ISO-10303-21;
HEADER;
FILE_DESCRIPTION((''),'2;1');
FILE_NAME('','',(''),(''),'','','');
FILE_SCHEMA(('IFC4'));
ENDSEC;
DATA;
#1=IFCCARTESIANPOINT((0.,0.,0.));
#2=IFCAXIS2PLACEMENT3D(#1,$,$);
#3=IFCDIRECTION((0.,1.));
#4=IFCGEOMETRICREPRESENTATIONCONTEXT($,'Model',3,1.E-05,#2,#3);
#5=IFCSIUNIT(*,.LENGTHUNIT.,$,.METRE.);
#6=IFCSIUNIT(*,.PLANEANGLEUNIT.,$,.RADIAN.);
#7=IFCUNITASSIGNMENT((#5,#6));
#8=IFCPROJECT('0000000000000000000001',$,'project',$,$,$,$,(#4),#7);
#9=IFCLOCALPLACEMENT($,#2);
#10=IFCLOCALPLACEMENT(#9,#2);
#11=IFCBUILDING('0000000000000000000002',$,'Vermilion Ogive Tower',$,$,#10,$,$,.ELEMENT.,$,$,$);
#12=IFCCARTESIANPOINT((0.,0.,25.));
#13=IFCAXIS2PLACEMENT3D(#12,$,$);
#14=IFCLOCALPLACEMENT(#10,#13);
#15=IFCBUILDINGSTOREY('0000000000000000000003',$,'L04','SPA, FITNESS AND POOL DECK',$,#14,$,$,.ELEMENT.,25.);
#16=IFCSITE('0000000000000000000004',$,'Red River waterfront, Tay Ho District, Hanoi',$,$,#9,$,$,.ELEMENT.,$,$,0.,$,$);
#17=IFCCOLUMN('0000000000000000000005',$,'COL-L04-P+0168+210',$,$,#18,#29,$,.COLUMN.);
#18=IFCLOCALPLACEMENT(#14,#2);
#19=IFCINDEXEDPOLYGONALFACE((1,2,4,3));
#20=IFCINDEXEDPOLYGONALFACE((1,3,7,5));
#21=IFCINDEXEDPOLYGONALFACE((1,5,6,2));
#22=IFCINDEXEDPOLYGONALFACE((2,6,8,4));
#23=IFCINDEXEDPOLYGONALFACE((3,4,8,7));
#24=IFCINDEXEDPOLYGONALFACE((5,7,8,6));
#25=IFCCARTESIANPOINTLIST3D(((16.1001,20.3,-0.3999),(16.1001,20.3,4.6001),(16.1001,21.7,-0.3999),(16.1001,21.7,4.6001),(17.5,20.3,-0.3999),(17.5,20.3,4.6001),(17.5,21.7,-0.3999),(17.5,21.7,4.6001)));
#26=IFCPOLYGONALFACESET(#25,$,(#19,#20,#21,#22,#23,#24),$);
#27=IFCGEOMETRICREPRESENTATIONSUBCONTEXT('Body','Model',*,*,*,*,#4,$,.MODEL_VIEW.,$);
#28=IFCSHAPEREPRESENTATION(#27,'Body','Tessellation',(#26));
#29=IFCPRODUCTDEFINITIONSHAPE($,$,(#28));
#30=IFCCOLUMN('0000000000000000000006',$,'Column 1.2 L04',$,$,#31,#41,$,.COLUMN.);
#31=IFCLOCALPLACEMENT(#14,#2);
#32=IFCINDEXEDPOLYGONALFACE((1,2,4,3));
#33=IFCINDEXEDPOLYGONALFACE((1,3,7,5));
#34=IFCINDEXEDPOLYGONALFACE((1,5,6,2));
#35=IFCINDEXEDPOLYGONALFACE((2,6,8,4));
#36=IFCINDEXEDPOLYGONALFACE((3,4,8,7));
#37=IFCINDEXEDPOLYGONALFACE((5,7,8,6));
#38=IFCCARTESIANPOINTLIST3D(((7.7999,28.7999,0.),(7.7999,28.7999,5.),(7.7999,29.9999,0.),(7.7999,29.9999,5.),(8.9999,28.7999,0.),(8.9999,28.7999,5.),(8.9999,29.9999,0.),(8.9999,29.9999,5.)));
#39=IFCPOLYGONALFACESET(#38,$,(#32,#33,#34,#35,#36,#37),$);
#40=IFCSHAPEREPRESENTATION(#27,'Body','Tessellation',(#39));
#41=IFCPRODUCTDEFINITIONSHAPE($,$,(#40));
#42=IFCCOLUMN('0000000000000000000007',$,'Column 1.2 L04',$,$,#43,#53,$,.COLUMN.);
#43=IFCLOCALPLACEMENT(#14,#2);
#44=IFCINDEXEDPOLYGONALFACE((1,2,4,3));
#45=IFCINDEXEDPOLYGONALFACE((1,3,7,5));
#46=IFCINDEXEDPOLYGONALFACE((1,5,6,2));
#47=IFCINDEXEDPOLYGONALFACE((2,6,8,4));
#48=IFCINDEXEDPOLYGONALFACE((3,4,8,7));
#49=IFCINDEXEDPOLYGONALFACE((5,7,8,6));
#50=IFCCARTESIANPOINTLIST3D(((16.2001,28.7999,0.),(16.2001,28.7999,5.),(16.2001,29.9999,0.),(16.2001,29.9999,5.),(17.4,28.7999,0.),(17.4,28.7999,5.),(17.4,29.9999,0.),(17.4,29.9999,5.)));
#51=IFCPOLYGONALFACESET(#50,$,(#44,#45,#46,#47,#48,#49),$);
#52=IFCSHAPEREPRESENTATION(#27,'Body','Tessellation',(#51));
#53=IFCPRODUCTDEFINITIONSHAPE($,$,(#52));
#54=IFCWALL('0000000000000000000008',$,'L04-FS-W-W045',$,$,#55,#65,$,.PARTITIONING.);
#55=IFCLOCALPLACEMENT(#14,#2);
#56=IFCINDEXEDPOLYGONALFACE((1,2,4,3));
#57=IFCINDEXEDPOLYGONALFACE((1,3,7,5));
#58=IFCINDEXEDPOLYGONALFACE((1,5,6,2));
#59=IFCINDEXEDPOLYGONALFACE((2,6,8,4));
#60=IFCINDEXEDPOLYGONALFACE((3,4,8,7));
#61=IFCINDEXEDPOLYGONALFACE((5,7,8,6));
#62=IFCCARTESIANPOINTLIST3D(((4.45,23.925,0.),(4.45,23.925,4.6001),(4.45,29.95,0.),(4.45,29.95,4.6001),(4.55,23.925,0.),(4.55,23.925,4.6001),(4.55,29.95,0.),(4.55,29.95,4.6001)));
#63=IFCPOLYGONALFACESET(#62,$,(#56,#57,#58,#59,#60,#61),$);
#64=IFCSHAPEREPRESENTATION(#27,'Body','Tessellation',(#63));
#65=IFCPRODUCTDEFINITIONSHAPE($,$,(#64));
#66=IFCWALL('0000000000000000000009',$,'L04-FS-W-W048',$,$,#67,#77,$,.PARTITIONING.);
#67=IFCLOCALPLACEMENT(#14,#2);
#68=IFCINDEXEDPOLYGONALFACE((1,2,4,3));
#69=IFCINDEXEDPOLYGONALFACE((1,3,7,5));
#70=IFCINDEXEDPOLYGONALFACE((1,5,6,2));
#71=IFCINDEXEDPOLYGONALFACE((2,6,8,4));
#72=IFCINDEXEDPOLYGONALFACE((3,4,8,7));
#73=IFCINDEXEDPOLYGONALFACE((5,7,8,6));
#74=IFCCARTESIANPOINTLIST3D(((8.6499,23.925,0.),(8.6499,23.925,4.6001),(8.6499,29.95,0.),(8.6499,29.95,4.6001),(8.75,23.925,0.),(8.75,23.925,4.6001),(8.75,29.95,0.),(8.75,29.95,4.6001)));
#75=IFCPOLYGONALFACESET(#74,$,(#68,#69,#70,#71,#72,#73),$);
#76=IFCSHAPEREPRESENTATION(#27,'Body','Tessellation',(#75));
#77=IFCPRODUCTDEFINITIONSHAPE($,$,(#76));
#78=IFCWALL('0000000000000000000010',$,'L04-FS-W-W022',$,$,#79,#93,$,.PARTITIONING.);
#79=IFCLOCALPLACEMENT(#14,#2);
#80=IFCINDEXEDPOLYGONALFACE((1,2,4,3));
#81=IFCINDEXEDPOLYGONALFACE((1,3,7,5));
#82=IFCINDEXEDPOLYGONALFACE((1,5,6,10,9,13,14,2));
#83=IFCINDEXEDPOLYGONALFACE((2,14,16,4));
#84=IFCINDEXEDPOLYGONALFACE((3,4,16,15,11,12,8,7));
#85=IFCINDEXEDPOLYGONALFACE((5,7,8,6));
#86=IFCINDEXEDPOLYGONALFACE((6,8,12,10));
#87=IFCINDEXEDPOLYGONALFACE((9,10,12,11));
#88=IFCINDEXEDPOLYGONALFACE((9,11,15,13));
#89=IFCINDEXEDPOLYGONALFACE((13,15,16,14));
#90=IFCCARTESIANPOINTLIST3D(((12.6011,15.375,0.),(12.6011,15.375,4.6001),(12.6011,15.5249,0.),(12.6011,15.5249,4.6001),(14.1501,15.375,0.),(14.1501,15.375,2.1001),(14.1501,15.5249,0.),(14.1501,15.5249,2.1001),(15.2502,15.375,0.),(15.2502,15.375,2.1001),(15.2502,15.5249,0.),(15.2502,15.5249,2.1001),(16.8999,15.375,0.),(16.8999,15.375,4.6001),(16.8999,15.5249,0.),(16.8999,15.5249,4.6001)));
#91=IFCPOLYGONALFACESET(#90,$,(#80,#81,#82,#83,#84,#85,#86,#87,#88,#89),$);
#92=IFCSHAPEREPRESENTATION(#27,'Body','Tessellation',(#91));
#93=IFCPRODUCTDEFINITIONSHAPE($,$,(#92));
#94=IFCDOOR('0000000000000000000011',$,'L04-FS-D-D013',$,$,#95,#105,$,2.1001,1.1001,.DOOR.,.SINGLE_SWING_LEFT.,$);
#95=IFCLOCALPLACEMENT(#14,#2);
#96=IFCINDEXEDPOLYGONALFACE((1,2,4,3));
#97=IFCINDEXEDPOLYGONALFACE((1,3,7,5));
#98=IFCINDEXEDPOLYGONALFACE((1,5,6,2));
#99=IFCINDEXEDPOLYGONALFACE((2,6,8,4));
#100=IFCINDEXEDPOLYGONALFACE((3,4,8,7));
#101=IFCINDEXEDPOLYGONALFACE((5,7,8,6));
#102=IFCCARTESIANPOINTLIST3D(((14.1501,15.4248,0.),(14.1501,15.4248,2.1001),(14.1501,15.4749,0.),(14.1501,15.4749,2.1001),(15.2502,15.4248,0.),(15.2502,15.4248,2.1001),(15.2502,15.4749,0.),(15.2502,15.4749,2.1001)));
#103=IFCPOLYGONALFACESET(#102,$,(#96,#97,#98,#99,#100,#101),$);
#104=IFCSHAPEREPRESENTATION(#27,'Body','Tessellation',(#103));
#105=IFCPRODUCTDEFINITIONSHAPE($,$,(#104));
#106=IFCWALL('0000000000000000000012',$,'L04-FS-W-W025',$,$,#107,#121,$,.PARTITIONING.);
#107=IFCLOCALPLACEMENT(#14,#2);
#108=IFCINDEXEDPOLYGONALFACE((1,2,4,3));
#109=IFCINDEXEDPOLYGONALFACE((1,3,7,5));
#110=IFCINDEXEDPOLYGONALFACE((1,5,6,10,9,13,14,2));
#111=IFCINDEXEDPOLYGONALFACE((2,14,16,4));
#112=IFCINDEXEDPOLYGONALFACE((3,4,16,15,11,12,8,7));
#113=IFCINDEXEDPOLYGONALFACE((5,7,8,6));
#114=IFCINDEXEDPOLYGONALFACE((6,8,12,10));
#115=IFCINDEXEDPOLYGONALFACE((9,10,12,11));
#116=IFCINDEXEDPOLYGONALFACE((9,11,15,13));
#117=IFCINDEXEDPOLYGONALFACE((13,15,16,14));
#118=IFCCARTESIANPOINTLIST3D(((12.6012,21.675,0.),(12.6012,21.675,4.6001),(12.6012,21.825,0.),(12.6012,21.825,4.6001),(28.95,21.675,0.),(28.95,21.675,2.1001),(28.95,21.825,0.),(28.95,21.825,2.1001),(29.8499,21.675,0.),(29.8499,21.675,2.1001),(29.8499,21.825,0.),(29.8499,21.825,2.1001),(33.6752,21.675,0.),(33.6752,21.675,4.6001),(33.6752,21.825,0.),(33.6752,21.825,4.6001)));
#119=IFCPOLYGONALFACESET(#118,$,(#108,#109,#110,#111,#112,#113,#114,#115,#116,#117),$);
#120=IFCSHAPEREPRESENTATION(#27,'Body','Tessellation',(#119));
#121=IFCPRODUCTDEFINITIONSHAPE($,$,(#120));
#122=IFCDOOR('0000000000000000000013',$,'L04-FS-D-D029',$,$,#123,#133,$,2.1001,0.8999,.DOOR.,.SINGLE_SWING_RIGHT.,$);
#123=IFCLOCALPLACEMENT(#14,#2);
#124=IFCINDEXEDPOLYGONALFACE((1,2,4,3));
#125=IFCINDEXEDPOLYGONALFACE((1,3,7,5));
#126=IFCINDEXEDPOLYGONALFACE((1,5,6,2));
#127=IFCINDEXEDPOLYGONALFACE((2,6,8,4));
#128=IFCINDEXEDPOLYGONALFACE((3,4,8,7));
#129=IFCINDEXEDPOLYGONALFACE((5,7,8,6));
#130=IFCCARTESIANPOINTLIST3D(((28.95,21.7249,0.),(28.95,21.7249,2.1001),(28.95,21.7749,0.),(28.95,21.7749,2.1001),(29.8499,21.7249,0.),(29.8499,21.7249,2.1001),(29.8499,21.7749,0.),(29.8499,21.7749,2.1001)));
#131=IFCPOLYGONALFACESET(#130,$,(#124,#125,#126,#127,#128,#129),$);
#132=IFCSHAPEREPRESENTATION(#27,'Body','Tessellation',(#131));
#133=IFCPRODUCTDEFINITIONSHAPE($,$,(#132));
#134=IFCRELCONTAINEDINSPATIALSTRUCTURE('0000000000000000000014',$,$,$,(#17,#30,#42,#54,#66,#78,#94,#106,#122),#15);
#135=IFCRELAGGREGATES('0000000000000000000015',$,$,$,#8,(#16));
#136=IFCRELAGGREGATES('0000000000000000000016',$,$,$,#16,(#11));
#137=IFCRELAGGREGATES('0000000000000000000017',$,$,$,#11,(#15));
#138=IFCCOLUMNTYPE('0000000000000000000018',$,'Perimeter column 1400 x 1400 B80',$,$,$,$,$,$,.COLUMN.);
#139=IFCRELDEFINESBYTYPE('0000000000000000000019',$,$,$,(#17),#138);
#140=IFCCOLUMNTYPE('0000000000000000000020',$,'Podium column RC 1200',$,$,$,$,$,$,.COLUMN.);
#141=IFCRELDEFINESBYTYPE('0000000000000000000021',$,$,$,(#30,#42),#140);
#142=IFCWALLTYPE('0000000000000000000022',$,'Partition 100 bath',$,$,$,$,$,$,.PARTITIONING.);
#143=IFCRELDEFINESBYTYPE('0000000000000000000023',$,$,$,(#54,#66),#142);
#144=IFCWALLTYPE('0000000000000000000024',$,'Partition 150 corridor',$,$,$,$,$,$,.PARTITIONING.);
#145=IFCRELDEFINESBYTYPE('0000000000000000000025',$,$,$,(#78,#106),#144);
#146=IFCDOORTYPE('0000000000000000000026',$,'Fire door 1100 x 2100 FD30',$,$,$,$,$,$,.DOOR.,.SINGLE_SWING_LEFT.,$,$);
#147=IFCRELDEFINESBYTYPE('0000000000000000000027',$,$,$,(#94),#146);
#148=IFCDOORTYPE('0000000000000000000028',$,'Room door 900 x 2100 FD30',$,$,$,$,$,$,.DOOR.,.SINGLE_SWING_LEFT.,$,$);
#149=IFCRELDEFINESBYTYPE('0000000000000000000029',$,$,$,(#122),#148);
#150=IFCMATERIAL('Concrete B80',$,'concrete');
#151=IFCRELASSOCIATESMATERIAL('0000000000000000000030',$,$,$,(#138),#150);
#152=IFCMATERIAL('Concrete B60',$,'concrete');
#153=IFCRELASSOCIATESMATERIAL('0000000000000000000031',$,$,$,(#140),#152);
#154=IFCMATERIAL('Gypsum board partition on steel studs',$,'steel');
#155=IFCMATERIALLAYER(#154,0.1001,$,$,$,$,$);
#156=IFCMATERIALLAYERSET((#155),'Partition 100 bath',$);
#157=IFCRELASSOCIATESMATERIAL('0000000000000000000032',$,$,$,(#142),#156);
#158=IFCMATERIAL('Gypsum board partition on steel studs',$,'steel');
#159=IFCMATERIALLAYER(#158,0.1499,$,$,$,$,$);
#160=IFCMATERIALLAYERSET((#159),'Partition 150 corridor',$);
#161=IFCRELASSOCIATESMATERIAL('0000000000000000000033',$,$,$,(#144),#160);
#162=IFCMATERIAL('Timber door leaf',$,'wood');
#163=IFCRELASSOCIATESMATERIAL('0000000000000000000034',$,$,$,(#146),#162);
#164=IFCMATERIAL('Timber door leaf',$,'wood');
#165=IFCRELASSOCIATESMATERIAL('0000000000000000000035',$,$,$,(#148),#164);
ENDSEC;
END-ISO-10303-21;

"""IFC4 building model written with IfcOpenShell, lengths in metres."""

from ifc_helpers import new_model, si_unit, direction, frame, frame_2d, origin, origin_2d, place, context, subcontext, project, spatial, rectangle, extrude, material, layer, layer_set, material_profile, profile_set, type_object, element, fill, save


model = new_model("IFC4")

# Units and contexts
model_context = context("Model", 3, precision=1e-05, world=origin(), true_north=direction((0.0, 1.0)))
body_context = subcontext(model_context, "Body", "Model", "MODEL_VIEW")
ifc_project = project(units=[si_unit("LENGTHUNIT", "METRE"), si_unit("PLANEANGLEUNIT", "RADIAN")], contexts=[model_context])

# Site, building, storey
site_placement = place(None, origin())
site = spatial("IfcSite", under=ifc_project, at=site_placement, Name="Red River waterfront, Tay Ho District, Hanoi", CompositionType="ELEMENT", RefElevation=0.0)
building_placement = place(site_placement, origin())
building = spatial("IfcBuilding", under=site, at=building_placement, Name="Vermilion Ogive Tower", CompositionType="ELEMENT")
storey_placement = place(building_placement, frame((0.0, 0.0, 25.0)))
storey = spatial("IfcBuildingStorey", under=building, at=storey_placement, Name="L04", Description="SPA, FITNESS AND POOL DECK", CompositionType="ELEMENT", Elevation=25.0)

# Columns
ifc_material_1 = material(Name="Concrete B80", Category="concrete")
ifc_material_profile_1 = material_profile(ifc_material_1, rectangle(XDim=1.3999, YDim=1.3999, at=origin_2d()), Name="1400 x 1400")
ifc_profile_set_1 = profile_set([ifc_material_profile_1], Name="Concrete B80")
column_type_1 = type_object("IfcColumnType", Name="Perimeter column 1400 x 1400 B80", PredefinedType="COLUMN", material=ifc_profile_set_1)
column_placement = place(storey_placement, frame((16.8, 21.0, -0.3999), z_axis=(0.0, 0.0, 1.0), x_axis=(1.0, 0.0, 0.0)))
element("IfcColumn", 1, at=column_placement, inside=storey, type_object=column_type_1, Name="COL-L04-P+0168+210", PredefinedType="COLUMN", context=body_context, shape_type="SweptSolid", body=[
    extrude(rectangle(XDim=1.3999, YDim=1.3999, at=origin_2d()), origin(), (0.0, 0.0, 1.0), 5.0),
])
ifc_material_2 = material(Name="Concrete B60", Category="concrete")
ifc_material_profile_2 = material_profile(ifc_material_2, rectangle(XDim=1.2, YDim=1.2, at=origin_2d()), Name="RC 1200x1200")
ifc_profile_set_2 = profile_set([ifc_material_profile_2], Name="Concrete B60")
column_type_2 = type_object("IfcColumnType", Name="Podium column RC 1200", PredefinedType="COLUMN", material=ifc_profile_set_2)
for number, where, z_axis, x_axis, name in (
    (2, (8.3999, 29.3999, 0.0), (0.0, 0.0, 1.0), (1.0, 0.0, 0.0), "Column 1.2 L04"),
    (3, (16.8, 29.3999, 0.0), (0.0, 0.0, 1.0), (1.0, 0.0, 0.0), "Column 1.2 L04"),
):
    element("IfcColumn", number, at=place(storey_placement, frame(where, z_axis=z_axis, x_axis=x_axis)), inside=storey, type_object=column_type_2, Name=name, PredefinedType="COLUMN", context=body_context, shape_type="SweptSolid", body=[
        extrude(rectangle(XDim=1.2, YDim=1.2, at=origin_2d()), origin(), (0.0, 0.0, 1.0), 5.0),
    ])

# Walls
ifc_material_3 = material(Name="Gypsum board partition on steel studs", Category="steel")
ifc_layer_1 = layer(ifc_material_3, 0.1001)
ifc_layer_set_1 = layer_set([ifc_layer_1], Name="Partition 100 bath")
wall_type_1 = type_object("IfcWallType", Name="Partition 100 bath", PredefinedType="PARTITIONING", material=ifc_layer_set_1)
for number, where, z_axis, x_axis, name in (
    (4, (4.5, 23.925, 0.0), (0.0, 0.0, 1.0), (0.0, 1.0, 0.0), "L04-FS-W-W045"),
    (5, (8.7, 23.925, 0.0), (0.0, 0.0, 1.0), (0.0, 1.0, 0.0), "L04-FS-W-W048"),
):
    element("IfcWall", number, at=place(storey_placement, frame(where, z_axis=z_axis, x_axis=x_axis)), inside=storey, type_object=wall_type_1, Name=name, PredefinedType="PARTITIONING", context=body_context, shape_type="SweptSolid", body=[
        extrude(rectangle(XDim=6.0249, YDim=0.1001, at=frame_2d((3.0125, 0.0))), origin(), (0.0, 0.0, 1.0), 4.6001),
    ])

# Walls, openings, doors
ifc_material_4 = material(Name="Gypsum board partition on steel studs", Category="steel")
ifc_layer_2 = layer(ifc_material_4, 0.1499)
ifc_layer_set_2 = layer_set([ifc_layer_2], Name="Partition 150 corridor")
wall_type_2 = type_object("IfcWallType", Name="Partition 150 corridor", PredefinedType="PARTITIONING", material=ifc_layer_set_2)
wall_1_placement = place(storey_placement, frame((12.6011, 15.45, 0.0), z_axis=(0.0, 0.0, 1.0), x_axis=(1.0, 0.0, 0.0)))
wall_1 = element("IfcWall", 6, at=wall_1_placement, inside=storey, type_object=wall_type_2, Name="L04-FS-W-W022", PredefinedType="PARTITIONING", context=body_context, shape_type="SweptSolid", body=[
    extrude(rectangle(XDim=4.2988, YDim=0.1499, at=frame_2d((2.1494, 0.0))), origin(), (0.0, 0.0, 1.0), 4.6001),
])
opening_1_placement = place(wall_1_placement, frame((1.5491, 0.0, 0.0)))
opening_1 = element("IfcOpeningElement", 7, at=opening_1_placement, cuts=wall_1, PredefinedType="OPENING", context=body_context, shape_type="SweptSolid", body=[
    extrude(rectangle(XDim=1.1001, YDim=2.1001, at=frame_2d((0.55, 1.05))), frame((0.0, 0.085, 0.0), z_axis=(0.0, -1.0, 0.0), x_axis=(1.0, 0.0, 0.0)), (0.0, 0.0, 1.0), 0.1699),
])
ifc_material_5 = material(Name="Timber door leaf", Category="wood")
door_type_1 = type_object("IfcDoorType", Name="Fire door 1100 x 2100 FD30", OperationType="SINGLE_SWING_LEFT", PredefinedType="DOOR", material=ifc_material_5)
door_1_placement = place(opening_1_placement, origin())
door_1 = element("IfcDoor", 8, at=door_1_placement, inside=storey, type_object=door_type_1, Name="L04-FS-D-D013", OperationType="SINGLE_SWING_LEFT", OverallHeight=2.1001, OverallWidth=1.1001, PredefinedType="DOOR", context=body_context, shape_type="SweptSolid", body=[
    extrude(rectangle(XDim=1.1001, YDim=2.1001, at=frame_2d((0.55, 1.05))), frame((0.0, 0.0249, 0.0), z_axis=(0.0, -1.0, 0.0), x_axis=(1.0, 0.0, 0.0)), (0.0, 0.0, 1.0), 0.05),
])
fill(opening_1, door_1)
wall_2_placement = place(storey_placement, frame((12.6011, 21.75, 0.0), z_axis=(0.0, 0.0, 1.0), x_axis=(1.0, 0.0, 0.0)))
wall_2 = element("IfcWall", 9, at=wall_2_placement, inside=storey, type_object=wall_type_2, Name="L04-FS-W-W025", PredefinedType="PARTITIONING", context=body_context, shape_type="SweptSolid", body=[
    extrude(rectangle(XDim=21.074, YDim=0.1499, at=frame_2d((10.5371, 0.0))), origin(), (0.0, 0.0, 1.0), 4.6001),
])
opening_2_placement = place(wall_2_placement, frame((16.3489, 0.0, 0.0)))
opening_2 = element("IfcOpeningElement", 10, at=opening_2_placement, cuts=wall_2, PredefinedType="OPENING", context=body_context, shape_type="SweptSolid", body=[
    extrude(rectangle(XDim=0.8999, YDim=2.1001, at=frame_2d((0.45, 1.05))), frame((0.0, 0.085, 0.0), z_axis=(0.0, -1.0, 0.0), x_axis=(1.0, 0.0, 0.0)), (0.0, 0.0, 1.0), 0.1699),
])
ifc_material_6 = material(Name="Timber door leaf", Category="wood")
door_type_2 = type_object("IfcDoorType", Name="Room door 900 x 2100 FD30", OperationType="SINGLE_SWING_LEFT", PredefinedType="DOOR", material=ifc_material_6)
door_2_placement = place(opening_2_placement, origin())
door_2 = element("IfcDoor", 11, at=door_2_placement, inside=storey, type_object=door_type_2, Name="L04-FS-D-D029", OperationType="SINGLE_SWING_RIGHT", OverallHeight=2.1001, OverallWidth=0.8999, PredefinedType="DOOR", context=body_context, shape_type="SweptSolid", body=[
    extrude(rectangle(XDim=0.8999, YDim=2.1001, at=frame_2d((0.45, 1.05))), frame((0.0, 0.0249, 0.0), z_axis=(0.0, -1.0, 0.0), x_axis=(1.0, 0.0, 0.0)), (0.0, 0.0, 1.0), 0.05),
])
fill(opening_2, door_2)

save(model, "model.ifc")
